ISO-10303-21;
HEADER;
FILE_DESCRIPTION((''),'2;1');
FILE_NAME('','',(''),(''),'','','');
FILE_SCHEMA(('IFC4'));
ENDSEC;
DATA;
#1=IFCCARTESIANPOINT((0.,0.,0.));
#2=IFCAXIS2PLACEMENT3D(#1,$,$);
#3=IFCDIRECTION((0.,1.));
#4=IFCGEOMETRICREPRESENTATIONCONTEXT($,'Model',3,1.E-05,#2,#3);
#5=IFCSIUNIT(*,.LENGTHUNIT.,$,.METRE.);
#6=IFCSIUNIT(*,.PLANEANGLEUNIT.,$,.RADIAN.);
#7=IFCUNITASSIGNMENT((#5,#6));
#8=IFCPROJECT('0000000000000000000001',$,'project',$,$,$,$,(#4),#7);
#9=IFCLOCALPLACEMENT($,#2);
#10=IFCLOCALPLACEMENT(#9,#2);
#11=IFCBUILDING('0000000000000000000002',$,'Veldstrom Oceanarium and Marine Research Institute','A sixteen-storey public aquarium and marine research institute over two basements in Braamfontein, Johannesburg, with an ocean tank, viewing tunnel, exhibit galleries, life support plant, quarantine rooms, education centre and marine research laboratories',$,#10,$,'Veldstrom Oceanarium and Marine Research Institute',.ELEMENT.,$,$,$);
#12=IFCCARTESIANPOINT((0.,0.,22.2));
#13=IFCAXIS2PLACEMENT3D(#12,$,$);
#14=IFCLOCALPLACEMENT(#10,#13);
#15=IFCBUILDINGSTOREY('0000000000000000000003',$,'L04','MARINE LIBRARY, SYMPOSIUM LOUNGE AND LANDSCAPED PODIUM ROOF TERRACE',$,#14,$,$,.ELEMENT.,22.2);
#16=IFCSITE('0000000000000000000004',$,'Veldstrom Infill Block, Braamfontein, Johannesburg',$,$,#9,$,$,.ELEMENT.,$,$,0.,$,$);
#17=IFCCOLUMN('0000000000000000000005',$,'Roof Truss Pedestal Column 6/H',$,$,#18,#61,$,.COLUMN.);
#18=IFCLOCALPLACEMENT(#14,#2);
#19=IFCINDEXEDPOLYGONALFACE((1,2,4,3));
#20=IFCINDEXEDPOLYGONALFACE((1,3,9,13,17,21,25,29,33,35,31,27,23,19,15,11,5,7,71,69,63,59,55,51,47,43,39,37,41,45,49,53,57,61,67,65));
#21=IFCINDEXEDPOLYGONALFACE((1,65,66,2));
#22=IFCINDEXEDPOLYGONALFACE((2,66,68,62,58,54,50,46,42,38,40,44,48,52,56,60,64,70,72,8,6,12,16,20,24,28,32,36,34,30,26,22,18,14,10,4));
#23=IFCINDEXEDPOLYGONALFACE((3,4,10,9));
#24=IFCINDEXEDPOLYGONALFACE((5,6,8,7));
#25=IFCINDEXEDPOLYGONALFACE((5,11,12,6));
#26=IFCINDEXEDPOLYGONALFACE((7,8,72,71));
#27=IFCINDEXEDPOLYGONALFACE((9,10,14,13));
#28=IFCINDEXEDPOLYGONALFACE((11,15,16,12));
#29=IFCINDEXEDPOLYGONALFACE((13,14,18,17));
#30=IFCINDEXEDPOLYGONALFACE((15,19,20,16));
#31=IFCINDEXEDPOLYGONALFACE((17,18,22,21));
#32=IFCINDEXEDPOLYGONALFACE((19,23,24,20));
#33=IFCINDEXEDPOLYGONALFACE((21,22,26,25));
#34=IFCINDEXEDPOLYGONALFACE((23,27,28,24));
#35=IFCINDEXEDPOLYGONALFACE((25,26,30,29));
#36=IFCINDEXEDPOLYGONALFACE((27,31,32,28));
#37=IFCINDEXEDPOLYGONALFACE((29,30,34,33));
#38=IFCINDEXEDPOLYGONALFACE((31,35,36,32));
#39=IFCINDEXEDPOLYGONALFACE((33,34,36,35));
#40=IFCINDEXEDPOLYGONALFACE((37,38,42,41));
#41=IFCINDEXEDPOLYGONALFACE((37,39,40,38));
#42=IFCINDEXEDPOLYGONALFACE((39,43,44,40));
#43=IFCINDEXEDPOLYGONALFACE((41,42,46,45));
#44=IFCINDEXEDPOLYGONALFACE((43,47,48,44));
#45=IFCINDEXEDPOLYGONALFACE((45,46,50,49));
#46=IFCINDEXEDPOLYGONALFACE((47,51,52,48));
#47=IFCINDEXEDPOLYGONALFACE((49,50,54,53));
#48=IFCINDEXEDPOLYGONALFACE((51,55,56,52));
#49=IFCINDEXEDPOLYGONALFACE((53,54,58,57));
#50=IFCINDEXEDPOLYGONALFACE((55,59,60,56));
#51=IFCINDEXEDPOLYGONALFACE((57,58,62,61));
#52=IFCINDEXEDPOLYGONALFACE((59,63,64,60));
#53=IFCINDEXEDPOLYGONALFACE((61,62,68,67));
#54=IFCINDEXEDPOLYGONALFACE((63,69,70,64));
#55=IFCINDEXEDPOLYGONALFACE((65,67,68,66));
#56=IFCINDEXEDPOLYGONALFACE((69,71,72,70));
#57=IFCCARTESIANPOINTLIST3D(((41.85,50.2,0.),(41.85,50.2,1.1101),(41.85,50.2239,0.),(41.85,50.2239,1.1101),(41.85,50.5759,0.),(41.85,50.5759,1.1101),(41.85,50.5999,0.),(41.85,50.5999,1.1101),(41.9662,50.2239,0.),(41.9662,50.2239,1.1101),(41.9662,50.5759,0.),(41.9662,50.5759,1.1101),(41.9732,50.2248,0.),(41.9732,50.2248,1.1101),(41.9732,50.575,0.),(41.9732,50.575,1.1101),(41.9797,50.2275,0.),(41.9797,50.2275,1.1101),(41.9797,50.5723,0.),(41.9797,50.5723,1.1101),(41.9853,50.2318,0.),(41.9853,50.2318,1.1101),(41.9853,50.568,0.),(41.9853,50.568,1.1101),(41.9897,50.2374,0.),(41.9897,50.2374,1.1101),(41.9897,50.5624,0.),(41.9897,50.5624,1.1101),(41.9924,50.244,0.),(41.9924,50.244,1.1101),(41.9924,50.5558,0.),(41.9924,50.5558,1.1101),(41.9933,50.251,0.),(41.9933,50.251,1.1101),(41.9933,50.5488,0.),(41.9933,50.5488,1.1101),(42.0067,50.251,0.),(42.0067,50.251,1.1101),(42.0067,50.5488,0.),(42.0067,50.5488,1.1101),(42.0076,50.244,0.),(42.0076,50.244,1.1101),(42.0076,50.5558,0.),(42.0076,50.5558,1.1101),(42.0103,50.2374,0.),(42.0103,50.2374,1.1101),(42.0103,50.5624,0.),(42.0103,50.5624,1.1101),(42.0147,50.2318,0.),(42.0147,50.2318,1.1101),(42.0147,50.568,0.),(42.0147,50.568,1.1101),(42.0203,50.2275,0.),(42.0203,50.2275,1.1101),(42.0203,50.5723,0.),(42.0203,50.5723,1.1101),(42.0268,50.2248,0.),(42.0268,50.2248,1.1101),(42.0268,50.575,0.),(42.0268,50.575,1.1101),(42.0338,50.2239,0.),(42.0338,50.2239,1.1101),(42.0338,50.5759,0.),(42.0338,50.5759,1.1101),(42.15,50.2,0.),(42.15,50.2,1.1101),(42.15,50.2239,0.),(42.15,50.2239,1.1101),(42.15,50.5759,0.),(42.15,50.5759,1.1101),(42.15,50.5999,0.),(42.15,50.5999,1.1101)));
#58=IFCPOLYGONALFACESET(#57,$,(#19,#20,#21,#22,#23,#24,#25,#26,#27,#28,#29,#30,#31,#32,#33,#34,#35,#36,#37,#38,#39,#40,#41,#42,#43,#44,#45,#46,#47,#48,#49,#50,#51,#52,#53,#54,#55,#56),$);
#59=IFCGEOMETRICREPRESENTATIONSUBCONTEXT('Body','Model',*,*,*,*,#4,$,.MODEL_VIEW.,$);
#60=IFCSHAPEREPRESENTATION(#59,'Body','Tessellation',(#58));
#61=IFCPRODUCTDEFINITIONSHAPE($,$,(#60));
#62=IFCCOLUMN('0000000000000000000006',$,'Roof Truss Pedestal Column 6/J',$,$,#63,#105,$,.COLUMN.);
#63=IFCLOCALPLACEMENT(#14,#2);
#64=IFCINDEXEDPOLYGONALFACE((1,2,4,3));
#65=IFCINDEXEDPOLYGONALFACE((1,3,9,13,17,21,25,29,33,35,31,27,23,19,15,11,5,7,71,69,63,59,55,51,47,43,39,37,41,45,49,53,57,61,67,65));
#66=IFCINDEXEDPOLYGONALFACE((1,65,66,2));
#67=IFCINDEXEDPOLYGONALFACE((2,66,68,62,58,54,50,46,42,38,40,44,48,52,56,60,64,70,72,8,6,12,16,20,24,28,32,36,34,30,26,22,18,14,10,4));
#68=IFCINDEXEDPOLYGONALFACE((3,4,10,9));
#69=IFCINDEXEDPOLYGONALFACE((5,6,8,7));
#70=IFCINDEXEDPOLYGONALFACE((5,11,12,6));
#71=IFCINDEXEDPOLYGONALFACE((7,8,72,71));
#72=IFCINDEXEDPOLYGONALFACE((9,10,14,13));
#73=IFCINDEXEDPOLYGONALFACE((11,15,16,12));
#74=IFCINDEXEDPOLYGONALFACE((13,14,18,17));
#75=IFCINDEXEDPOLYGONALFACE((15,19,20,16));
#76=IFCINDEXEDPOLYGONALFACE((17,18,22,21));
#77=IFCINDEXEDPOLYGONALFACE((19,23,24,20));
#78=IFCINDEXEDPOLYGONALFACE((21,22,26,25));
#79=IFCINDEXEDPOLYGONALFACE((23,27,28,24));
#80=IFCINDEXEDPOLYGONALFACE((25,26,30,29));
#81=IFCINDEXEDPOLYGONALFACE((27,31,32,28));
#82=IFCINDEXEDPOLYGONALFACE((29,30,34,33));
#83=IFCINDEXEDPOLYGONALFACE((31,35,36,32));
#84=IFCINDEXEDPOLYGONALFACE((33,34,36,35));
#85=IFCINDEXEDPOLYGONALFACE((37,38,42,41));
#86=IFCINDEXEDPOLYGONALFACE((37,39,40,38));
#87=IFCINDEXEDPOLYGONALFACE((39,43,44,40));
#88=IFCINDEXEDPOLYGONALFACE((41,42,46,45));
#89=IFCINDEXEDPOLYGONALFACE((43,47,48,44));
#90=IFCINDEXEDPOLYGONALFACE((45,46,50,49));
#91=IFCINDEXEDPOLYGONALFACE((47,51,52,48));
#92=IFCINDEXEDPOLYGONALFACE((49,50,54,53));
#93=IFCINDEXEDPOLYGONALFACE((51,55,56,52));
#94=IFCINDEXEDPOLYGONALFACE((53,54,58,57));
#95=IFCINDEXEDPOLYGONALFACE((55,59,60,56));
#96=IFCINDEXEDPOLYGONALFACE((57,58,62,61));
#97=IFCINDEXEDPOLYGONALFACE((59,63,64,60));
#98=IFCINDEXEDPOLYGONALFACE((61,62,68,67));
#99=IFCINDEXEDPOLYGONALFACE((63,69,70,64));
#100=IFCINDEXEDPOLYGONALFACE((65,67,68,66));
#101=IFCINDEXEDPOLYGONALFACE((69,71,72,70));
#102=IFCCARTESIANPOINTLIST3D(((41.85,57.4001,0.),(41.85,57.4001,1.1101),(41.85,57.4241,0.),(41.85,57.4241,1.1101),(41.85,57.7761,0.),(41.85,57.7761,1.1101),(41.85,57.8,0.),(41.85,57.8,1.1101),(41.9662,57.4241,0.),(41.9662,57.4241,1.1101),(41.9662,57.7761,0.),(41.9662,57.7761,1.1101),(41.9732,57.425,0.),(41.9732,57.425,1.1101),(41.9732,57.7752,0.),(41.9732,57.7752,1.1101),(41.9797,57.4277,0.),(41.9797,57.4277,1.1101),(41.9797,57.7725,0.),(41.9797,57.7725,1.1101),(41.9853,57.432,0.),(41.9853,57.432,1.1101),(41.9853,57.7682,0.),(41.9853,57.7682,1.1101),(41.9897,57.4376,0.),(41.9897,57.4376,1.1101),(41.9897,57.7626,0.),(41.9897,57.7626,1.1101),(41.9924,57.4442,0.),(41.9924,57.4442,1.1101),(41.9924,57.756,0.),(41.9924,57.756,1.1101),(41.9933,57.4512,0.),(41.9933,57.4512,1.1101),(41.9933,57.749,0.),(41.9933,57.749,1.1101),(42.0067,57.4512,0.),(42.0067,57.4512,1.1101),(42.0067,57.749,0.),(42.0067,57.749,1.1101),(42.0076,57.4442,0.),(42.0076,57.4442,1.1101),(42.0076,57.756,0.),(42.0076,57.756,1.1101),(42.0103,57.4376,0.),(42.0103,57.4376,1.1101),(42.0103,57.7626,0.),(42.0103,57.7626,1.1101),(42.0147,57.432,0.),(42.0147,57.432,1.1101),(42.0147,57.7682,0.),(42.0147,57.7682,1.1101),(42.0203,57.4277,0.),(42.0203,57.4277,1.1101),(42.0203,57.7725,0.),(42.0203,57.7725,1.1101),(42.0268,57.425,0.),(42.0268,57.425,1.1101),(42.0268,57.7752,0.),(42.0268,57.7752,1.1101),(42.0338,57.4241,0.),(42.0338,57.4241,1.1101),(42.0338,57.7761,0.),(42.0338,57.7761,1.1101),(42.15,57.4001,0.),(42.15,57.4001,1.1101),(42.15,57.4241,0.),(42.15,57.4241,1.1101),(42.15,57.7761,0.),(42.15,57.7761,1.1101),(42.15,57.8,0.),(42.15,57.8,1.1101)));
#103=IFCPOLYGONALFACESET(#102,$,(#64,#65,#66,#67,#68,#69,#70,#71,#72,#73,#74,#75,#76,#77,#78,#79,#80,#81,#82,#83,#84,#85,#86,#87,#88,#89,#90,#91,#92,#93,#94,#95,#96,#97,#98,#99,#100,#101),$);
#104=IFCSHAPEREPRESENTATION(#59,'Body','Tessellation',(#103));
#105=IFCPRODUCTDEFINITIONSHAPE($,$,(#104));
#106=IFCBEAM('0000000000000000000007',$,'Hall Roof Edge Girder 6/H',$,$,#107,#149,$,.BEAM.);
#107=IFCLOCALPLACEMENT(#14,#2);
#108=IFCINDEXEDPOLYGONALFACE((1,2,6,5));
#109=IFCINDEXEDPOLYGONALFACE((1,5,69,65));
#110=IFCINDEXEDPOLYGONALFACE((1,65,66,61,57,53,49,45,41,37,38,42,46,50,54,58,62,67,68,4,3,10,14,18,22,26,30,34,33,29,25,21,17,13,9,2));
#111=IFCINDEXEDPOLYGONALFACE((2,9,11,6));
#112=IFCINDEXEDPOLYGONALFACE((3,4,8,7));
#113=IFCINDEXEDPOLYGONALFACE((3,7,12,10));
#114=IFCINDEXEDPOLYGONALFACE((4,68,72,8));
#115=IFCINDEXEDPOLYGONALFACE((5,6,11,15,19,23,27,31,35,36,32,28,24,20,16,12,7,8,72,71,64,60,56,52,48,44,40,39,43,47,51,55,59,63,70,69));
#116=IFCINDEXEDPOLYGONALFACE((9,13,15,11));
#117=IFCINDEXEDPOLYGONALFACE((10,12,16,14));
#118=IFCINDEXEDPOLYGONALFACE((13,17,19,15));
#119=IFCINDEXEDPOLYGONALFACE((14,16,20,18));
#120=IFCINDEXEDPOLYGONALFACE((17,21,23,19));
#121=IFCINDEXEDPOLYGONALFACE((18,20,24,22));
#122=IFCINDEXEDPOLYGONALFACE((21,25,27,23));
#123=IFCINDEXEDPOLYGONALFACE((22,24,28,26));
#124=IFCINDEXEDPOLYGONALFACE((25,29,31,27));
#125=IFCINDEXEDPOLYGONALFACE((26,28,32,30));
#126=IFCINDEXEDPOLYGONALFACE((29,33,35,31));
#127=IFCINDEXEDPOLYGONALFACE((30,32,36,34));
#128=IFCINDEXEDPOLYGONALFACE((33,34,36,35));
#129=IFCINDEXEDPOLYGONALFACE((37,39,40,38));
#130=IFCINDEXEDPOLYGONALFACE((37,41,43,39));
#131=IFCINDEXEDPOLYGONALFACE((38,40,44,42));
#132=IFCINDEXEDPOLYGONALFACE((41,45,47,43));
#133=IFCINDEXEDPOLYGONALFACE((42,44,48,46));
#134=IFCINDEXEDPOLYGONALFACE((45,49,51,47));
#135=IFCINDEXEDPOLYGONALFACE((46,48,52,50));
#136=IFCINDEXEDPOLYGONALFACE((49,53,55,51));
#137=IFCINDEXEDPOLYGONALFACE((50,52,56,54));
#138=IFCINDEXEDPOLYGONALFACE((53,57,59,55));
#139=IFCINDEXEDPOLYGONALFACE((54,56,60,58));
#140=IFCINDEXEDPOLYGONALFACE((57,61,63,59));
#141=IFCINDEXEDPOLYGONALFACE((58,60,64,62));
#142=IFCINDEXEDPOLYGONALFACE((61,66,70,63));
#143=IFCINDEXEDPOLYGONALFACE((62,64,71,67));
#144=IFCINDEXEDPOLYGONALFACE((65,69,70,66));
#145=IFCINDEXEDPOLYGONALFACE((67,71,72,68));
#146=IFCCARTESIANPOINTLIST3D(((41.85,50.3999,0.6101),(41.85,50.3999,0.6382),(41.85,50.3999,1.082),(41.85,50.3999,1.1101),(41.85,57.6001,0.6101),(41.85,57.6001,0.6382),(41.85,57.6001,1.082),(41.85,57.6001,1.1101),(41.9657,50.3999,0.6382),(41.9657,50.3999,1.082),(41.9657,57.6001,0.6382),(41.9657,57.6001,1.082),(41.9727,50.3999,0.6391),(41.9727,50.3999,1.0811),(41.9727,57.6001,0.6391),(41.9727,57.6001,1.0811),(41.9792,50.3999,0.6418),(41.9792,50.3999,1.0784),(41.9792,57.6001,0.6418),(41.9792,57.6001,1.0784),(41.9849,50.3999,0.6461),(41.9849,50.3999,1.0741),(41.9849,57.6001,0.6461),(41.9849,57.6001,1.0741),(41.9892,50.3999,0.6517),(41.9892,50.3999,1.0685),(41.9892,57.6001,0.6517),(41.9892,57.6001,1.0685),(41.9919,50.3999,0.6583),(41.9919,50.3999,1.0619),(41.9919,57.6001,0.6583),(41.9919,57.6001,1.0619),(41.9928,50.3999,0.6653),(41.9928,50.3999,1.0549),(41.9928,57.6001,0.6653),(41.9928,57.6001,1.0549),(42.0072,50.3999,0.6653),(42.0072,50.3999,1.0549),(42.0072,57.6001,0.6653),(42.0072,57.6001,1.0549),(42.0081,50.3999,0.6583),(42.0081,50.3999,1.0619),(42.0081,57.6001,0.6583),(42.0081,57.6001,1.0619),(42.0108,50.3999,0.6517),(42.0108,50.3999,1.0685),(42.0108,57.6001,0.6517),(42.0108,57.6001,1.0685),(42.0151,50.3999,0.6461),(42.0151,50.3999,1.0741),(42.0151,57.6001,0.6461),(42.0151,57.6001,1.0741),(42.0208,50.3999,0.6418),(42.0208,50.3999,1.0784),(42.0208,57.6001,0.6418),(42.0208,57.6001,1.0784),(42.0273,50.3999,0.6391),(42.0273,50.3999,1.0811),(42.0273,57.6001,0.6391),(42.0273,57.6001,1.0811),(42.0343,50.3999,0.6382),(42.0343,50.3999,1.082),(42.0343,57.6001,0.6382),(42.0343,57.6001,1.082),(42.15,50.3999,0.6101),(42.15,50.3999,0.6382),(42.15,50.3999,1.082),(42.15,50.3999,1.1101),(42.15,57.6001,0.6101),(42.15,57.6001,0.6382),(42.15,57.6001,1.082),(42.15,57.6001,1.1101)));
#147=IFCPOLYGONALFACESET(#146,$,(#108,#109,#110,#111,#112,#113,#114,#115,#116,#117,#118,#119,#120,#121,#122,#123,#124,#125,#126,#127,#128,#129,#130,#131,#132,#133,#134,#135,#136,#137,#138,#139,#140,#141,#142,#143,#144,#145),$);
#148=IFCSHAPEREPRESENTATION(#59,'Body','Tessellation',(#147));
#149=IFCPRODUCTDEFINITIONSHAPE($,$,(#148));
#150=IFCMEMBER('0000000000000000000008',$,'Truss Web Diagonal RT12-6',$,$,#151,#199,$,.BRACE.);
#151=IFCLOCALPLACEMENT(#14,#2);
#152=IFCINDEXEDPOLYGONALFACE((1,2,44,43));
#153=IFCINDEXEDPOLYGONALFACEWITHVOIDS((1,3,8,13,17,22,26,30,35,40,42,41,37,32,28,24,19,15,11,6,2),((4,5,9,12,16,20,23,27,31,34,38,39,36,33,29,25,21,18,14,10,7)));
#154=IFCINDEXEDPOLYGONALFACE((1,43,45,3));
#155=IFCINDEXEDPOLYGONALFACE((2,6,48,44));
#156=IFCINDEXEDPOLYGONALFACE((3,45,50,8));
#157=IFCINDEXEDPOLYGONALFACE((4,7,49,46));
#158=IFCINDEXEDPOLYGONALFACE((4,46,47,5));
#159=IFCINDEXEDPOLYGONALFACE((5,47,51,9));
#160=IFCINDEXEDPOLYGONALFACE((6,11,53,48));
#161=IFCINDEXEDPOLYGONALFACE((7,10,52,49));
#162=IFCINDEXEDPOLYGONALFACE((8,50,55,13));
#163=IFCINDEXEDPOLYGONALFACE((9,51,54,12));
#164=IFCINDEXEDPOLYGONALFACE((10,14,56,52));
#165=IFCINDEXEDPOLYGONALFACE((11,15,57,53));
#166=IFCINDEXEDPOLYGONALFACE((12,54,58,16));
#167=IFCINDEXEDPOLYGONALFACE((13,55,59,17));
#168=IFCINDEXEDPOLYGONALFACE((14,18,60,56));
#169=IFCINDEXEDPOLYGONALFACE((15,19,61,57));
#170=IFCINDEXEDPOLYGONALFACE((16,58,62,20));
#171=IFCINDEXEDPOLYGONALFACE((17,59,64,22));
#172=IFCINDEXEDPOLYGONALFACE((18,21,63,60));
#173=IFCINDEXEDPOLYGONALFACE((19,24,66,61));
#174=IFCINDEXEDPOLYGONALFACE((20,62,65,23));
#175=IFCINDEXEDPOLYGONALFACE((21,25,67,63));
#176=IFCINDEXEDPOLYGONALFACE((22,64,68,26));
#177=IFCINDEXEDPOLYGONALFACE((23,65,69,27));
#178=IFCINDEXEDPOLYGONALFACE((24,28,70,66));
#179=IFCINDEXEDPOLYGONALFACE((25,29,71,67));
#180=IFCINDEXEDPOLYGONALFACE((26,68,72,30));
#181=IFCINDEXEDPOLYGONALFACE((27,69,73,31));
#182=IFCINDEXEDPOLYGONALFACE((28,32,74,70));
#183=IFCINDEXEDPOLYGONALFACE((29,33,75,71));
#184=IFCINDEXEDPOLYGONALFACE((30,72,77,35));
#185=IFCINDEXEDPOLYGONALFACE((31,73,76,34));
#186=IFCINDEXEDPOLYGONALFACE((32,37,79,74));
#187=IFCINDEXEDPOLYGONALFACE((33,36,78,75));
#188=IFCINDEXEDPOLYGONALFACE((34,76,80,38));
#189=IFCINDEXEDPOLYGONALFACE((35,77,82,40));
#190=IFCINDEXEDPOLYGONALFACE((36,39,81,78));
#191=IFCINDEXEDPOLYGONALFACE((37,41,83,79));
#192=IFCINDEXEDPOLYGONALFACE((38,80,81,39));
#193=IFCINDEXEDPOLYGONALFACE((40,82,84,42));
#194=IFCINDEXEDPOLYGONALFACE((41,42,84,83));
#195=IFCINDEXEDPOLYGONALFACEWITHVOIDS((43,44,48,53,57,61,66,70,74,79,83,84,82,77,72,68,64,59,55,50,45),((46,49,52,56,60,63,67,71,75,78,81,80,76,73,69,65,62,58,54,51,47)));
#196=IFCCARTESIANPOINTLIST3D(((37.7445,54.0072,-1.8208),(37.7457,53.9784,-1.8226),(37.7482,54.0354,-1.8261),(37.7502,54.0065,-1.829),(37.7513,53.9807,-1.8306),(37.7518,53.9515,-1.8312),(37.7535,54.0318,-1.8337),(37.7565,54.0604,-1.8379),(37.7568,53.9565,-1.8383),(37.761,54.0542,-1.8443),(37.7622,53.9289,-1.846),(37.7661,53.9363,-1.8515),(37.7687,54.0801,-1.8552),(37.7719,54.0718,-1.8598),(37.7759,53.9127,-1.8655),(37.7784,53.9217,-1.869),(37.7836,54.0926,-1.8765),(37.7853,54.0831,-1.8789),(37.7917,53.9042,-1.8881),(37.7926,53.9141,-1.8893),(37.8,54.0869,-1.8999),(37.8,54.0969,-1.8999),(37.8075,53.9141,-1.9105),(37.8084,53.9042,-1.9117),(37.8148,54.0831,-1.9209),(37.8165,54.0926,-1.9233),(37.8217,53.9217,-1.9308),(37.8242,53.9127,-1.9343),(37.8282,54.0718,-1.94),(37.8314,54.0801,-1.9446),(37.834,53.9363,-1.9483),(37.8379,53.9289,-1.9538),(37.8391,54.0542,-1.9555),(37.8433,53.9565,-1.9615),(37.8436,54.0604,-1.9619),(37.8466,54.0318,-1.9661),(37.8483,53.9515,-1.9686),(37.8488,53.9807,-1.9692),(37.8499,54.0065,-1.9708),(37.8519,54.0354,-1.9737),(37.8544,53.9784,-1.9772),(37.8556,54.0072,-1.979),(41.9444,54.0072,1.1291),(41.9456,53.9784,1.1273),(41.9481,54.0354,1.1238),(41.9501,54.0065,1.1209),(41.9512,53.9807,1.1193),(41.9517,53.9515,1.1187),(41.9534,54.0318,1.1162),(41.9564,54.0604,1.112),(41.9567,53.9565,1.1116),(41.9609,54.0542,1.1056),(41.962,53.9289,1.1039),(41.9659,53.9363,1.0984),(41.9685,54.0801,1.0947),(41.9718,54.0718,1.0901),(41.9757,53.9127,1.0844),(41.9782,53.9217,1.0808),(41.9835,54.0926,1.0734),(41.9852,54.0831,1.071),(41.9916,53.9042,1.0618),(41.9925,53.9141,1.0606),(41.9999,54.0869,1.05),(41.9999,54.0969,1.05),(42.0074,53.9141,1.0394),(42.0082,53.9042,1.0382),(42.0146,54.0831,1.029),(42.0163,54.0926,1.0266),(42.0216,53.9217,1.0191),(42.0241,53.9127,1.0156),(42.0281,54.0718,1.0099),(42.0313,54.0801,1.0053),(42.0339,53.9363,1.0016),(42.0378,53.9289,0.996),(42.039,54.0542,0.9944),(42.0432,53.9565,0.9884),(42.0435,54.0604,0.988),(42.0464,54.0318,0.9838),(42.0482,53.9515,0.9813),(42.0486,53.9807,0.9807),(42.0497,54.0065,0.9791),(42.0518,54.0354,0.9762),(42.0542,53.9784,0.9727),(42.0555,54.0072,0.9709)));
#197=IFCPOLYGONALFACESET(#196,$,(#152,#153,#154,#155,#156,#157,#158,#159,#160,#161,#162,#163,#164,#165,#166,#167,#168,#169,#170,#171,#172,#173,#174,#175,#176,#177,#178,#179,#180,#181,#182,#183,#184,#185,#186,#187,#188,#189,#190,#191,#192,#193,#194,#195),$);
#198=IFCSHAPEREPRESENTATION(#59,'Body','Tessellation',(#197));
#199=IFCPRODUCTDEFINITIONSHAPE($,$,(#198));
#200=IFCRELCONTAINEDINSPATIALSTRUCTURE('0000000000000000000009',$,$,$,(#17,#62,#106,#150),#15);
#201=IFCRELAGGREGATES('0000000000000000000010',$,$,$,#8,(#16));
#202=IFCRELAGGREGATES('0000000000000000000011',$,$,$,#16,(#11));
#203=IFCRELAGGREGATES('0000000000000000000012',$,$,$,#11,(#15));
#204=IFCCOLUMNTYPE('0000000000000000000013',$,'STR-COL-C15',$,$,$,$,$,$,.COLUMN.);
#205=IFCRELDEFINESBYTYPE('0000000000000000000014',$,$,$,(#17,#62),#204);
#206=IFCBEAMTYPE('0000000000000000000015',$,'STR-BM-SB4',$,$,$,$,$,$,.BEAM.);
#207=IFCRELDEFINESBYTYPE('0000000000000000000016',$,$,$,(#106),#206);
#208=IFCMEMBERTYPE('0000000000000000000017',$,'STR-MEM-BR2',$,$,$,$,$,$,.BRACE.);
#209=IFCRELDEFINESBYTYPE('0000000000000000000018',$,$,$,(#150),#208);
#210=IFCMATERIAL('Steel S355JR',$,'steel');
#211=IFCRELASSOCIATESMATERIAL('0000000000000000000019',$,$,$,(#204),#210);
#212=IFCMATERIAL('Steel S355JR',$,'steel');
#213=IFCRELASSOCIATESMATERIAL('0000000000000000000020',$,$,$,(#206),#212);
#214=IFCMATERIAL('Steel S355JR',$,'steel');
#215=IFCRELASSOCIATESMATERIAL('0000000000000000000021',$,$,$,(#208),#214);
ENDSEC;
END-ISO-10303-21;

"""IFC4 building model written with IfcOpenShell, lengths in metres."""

from ifc_helpers import new_model, si_unit, direction, frame, origin, origin_2d, place, context, subcontext, project, spatial, hollow_circle, i_section, extrude, material, material_profile, profile_set, type_object, element, save


model = new_model("IFC4")

# Units and contexts
model_context = context("Model", 3, precision=1e-05, world=origin(), true_north=direction((0.0, 1.0)))
body_context = subcontext(model_context, "Body", "Model", "MODEL_VIEW")
ifc_project = project(units=[si_unit("LENGTHUNIT", "METRE"), si_unit("PLANEANGLEUNIT", "RADIAN")], contexts=[model_context])

# Site, building, storey
site_placement = place(None, origin())
site = spatial("IfcSite", under=ifc_project, at=site_placement, Name="Veldstrom Infill Block, Braamfontein, Johannesburg", CompositionType="ELEMENT", RefElevation=0.0)
building_placement = place(site_placement, origin())
building = spatial("IfcBuilding", under=site, at=building_placement, Name="Veldstrom Oceanarium and Marine Research Institute", Description="A sixteen-storey public aquarium and marine research institute over two basements in Braamfontein, Johannesburg, with an ocean tank, viewing tunnel, exhibit galleries, life support plant, quarantine rooms, education centre and marine research laboratories", LongName="Veldstrom Oceanarium and Marine Research Institute", CompositionType="ELEMENT")
storey_placement = place(building_placement, frame((0.0, 0.0, 22.2)))
storey = spatial("IfcBuildingStorey", under=building, at=storey_placement, Name="L04", Description="MARINE LIBRARY, SYMPOSIUM LOUNGE AND LANDSCAPED PODIUM ROOF TERRACE", CompositionType="ELEMENT", Elevation=22.2)

# Columns
ifc_material_1 = material(Name="Steel S355JR", Category="steel")
ifc_material_profile_1 = material_profile(ifc_material_1, i_section(OverallWidth=0.3, OverallDepth=0.3999, WebThickness=0.0134, FlangeThickness=0.0239, FilletRadius=0.0271, at=origin_2d()), Name="HEB 400")
ifc_profile_set_1 = profile_set([ifc_material_profile_1], Name="Steel S355JR")
column_type = type_object("IfcColumnType", Name="STR-COL-C15", PredefinedType="COLUMN", material=ifc_profile_set_1)
for number, where, z_axis, x_axis, name in (
    (1, (42.0, 50.3999, 0.0), (0.0, 0.0, 1.0), (1.0, 0.0, 0.0), "Roof Truss Pedestal Column 6/H"),
    (2, (42.0, 57.6001, 0.0), (0.0, 0.0, 1.0), (1.0, 0.0, 0.0), "Roof Truss Pedestal Column 6/J"),
):
    element("IfcColumn", number, at=place(storey_placement, frame(where, z_axis=z_axis, x_axis=x_axis)), inside=storey, type_object=column_type, Name=name, PredefinedType="COLUMN", context=body_context, shape_type="SweptSolid", body=[
        extrude(i_section(OverallWidth=0.3, OverallDepth=0.3999, WebThickness=0.0134, FlangeThickness=0.0239, FilletRadius=0.0271, at=origin_2d()), origin(), (0.0, 0.0, 1.0), 1.1101),
    ])

# Beam
ifc_material_2 = material(Name="Steel S355JR", Category="steel")
ifc_material_profile_2 = material_profile(ifc_material_2, i_section(OverallWidth=0.3, OverallDepth=0.5, WebThickness=0.0144, FlangeThickness=0.0281, FilletRadius=0.0271, at=origin_2d()), Name="HEB 500")
ifc_profile_set_2 = profile_set([ifc_material_profile_2], Name="Steel S355JR")
beam_type = type_object("IfcBeamType", Name="STR-BM-SB4", PredefinedType="BEAM", material=ifc_profile_set_2)
beam_placement = place(storey_placement, frame((42.0, 50.3999, 0.8601), z_axis=(0.0, 1.0, 0.0), x_axis=(-1.0, 0.0, 0.0)))
element("IfcBeam", 3, at=beam_placement, inside=storey, type_object=beam_type, Name="Hall Roof Edge Girder 6/H", PredefinedType="BEAM", context=body_context, shape_type="SweptSolid", body=[
    extrude(i_section(OverallWidth=0.3, OverallDepth=0.5, WebThickness=0.0144, FlangeThickness=0.0281, FilletRadius=0.0271, at=origin_2d()), origin(), (0.0, 0.0, 1.0), 7.2002),
])

# Member
ifc_material_3 = material(Name="Steel S355JR", Category="steel")
ifc_material_profile_3 = material_profile(ifc_material_3, hollow_circle(Radius=0.0969, WallThickness=0.01, at=origin_2d()), Name="CHS 193.7x10")
ifc_profile_set_3 = profile_set([ifc_material_profile_3], Name="Steel S355JR")
member_type_1 = type_object("IfcMemberType", Name="STR-MEM-BR2", PredefinedType="BRACE", material=ifc_profile_set_3)
member_1_placement = place(storey_placement, frame((37.8, 54.0, -1.8999), z_axis=(0.818317, 0.0, 0.574767), x_axis=(0.0, 1.0, 0.0)))
element("IfcMember", 4, at=member_1_placement, inside=storey, type_object=member_type_1, Name="Truss Web Diagonal RT12-6", PredefinedType="BRACE", context=body_context, shape_type="SweptSolid", body=[
    extrude(hollow_circle(Radius=0.0969, WallThickness=0.01, at=origin_2d()), origin(), (0.0, 0.0, 1.0), 5.1323),
])

save(model, "model.ifc")
